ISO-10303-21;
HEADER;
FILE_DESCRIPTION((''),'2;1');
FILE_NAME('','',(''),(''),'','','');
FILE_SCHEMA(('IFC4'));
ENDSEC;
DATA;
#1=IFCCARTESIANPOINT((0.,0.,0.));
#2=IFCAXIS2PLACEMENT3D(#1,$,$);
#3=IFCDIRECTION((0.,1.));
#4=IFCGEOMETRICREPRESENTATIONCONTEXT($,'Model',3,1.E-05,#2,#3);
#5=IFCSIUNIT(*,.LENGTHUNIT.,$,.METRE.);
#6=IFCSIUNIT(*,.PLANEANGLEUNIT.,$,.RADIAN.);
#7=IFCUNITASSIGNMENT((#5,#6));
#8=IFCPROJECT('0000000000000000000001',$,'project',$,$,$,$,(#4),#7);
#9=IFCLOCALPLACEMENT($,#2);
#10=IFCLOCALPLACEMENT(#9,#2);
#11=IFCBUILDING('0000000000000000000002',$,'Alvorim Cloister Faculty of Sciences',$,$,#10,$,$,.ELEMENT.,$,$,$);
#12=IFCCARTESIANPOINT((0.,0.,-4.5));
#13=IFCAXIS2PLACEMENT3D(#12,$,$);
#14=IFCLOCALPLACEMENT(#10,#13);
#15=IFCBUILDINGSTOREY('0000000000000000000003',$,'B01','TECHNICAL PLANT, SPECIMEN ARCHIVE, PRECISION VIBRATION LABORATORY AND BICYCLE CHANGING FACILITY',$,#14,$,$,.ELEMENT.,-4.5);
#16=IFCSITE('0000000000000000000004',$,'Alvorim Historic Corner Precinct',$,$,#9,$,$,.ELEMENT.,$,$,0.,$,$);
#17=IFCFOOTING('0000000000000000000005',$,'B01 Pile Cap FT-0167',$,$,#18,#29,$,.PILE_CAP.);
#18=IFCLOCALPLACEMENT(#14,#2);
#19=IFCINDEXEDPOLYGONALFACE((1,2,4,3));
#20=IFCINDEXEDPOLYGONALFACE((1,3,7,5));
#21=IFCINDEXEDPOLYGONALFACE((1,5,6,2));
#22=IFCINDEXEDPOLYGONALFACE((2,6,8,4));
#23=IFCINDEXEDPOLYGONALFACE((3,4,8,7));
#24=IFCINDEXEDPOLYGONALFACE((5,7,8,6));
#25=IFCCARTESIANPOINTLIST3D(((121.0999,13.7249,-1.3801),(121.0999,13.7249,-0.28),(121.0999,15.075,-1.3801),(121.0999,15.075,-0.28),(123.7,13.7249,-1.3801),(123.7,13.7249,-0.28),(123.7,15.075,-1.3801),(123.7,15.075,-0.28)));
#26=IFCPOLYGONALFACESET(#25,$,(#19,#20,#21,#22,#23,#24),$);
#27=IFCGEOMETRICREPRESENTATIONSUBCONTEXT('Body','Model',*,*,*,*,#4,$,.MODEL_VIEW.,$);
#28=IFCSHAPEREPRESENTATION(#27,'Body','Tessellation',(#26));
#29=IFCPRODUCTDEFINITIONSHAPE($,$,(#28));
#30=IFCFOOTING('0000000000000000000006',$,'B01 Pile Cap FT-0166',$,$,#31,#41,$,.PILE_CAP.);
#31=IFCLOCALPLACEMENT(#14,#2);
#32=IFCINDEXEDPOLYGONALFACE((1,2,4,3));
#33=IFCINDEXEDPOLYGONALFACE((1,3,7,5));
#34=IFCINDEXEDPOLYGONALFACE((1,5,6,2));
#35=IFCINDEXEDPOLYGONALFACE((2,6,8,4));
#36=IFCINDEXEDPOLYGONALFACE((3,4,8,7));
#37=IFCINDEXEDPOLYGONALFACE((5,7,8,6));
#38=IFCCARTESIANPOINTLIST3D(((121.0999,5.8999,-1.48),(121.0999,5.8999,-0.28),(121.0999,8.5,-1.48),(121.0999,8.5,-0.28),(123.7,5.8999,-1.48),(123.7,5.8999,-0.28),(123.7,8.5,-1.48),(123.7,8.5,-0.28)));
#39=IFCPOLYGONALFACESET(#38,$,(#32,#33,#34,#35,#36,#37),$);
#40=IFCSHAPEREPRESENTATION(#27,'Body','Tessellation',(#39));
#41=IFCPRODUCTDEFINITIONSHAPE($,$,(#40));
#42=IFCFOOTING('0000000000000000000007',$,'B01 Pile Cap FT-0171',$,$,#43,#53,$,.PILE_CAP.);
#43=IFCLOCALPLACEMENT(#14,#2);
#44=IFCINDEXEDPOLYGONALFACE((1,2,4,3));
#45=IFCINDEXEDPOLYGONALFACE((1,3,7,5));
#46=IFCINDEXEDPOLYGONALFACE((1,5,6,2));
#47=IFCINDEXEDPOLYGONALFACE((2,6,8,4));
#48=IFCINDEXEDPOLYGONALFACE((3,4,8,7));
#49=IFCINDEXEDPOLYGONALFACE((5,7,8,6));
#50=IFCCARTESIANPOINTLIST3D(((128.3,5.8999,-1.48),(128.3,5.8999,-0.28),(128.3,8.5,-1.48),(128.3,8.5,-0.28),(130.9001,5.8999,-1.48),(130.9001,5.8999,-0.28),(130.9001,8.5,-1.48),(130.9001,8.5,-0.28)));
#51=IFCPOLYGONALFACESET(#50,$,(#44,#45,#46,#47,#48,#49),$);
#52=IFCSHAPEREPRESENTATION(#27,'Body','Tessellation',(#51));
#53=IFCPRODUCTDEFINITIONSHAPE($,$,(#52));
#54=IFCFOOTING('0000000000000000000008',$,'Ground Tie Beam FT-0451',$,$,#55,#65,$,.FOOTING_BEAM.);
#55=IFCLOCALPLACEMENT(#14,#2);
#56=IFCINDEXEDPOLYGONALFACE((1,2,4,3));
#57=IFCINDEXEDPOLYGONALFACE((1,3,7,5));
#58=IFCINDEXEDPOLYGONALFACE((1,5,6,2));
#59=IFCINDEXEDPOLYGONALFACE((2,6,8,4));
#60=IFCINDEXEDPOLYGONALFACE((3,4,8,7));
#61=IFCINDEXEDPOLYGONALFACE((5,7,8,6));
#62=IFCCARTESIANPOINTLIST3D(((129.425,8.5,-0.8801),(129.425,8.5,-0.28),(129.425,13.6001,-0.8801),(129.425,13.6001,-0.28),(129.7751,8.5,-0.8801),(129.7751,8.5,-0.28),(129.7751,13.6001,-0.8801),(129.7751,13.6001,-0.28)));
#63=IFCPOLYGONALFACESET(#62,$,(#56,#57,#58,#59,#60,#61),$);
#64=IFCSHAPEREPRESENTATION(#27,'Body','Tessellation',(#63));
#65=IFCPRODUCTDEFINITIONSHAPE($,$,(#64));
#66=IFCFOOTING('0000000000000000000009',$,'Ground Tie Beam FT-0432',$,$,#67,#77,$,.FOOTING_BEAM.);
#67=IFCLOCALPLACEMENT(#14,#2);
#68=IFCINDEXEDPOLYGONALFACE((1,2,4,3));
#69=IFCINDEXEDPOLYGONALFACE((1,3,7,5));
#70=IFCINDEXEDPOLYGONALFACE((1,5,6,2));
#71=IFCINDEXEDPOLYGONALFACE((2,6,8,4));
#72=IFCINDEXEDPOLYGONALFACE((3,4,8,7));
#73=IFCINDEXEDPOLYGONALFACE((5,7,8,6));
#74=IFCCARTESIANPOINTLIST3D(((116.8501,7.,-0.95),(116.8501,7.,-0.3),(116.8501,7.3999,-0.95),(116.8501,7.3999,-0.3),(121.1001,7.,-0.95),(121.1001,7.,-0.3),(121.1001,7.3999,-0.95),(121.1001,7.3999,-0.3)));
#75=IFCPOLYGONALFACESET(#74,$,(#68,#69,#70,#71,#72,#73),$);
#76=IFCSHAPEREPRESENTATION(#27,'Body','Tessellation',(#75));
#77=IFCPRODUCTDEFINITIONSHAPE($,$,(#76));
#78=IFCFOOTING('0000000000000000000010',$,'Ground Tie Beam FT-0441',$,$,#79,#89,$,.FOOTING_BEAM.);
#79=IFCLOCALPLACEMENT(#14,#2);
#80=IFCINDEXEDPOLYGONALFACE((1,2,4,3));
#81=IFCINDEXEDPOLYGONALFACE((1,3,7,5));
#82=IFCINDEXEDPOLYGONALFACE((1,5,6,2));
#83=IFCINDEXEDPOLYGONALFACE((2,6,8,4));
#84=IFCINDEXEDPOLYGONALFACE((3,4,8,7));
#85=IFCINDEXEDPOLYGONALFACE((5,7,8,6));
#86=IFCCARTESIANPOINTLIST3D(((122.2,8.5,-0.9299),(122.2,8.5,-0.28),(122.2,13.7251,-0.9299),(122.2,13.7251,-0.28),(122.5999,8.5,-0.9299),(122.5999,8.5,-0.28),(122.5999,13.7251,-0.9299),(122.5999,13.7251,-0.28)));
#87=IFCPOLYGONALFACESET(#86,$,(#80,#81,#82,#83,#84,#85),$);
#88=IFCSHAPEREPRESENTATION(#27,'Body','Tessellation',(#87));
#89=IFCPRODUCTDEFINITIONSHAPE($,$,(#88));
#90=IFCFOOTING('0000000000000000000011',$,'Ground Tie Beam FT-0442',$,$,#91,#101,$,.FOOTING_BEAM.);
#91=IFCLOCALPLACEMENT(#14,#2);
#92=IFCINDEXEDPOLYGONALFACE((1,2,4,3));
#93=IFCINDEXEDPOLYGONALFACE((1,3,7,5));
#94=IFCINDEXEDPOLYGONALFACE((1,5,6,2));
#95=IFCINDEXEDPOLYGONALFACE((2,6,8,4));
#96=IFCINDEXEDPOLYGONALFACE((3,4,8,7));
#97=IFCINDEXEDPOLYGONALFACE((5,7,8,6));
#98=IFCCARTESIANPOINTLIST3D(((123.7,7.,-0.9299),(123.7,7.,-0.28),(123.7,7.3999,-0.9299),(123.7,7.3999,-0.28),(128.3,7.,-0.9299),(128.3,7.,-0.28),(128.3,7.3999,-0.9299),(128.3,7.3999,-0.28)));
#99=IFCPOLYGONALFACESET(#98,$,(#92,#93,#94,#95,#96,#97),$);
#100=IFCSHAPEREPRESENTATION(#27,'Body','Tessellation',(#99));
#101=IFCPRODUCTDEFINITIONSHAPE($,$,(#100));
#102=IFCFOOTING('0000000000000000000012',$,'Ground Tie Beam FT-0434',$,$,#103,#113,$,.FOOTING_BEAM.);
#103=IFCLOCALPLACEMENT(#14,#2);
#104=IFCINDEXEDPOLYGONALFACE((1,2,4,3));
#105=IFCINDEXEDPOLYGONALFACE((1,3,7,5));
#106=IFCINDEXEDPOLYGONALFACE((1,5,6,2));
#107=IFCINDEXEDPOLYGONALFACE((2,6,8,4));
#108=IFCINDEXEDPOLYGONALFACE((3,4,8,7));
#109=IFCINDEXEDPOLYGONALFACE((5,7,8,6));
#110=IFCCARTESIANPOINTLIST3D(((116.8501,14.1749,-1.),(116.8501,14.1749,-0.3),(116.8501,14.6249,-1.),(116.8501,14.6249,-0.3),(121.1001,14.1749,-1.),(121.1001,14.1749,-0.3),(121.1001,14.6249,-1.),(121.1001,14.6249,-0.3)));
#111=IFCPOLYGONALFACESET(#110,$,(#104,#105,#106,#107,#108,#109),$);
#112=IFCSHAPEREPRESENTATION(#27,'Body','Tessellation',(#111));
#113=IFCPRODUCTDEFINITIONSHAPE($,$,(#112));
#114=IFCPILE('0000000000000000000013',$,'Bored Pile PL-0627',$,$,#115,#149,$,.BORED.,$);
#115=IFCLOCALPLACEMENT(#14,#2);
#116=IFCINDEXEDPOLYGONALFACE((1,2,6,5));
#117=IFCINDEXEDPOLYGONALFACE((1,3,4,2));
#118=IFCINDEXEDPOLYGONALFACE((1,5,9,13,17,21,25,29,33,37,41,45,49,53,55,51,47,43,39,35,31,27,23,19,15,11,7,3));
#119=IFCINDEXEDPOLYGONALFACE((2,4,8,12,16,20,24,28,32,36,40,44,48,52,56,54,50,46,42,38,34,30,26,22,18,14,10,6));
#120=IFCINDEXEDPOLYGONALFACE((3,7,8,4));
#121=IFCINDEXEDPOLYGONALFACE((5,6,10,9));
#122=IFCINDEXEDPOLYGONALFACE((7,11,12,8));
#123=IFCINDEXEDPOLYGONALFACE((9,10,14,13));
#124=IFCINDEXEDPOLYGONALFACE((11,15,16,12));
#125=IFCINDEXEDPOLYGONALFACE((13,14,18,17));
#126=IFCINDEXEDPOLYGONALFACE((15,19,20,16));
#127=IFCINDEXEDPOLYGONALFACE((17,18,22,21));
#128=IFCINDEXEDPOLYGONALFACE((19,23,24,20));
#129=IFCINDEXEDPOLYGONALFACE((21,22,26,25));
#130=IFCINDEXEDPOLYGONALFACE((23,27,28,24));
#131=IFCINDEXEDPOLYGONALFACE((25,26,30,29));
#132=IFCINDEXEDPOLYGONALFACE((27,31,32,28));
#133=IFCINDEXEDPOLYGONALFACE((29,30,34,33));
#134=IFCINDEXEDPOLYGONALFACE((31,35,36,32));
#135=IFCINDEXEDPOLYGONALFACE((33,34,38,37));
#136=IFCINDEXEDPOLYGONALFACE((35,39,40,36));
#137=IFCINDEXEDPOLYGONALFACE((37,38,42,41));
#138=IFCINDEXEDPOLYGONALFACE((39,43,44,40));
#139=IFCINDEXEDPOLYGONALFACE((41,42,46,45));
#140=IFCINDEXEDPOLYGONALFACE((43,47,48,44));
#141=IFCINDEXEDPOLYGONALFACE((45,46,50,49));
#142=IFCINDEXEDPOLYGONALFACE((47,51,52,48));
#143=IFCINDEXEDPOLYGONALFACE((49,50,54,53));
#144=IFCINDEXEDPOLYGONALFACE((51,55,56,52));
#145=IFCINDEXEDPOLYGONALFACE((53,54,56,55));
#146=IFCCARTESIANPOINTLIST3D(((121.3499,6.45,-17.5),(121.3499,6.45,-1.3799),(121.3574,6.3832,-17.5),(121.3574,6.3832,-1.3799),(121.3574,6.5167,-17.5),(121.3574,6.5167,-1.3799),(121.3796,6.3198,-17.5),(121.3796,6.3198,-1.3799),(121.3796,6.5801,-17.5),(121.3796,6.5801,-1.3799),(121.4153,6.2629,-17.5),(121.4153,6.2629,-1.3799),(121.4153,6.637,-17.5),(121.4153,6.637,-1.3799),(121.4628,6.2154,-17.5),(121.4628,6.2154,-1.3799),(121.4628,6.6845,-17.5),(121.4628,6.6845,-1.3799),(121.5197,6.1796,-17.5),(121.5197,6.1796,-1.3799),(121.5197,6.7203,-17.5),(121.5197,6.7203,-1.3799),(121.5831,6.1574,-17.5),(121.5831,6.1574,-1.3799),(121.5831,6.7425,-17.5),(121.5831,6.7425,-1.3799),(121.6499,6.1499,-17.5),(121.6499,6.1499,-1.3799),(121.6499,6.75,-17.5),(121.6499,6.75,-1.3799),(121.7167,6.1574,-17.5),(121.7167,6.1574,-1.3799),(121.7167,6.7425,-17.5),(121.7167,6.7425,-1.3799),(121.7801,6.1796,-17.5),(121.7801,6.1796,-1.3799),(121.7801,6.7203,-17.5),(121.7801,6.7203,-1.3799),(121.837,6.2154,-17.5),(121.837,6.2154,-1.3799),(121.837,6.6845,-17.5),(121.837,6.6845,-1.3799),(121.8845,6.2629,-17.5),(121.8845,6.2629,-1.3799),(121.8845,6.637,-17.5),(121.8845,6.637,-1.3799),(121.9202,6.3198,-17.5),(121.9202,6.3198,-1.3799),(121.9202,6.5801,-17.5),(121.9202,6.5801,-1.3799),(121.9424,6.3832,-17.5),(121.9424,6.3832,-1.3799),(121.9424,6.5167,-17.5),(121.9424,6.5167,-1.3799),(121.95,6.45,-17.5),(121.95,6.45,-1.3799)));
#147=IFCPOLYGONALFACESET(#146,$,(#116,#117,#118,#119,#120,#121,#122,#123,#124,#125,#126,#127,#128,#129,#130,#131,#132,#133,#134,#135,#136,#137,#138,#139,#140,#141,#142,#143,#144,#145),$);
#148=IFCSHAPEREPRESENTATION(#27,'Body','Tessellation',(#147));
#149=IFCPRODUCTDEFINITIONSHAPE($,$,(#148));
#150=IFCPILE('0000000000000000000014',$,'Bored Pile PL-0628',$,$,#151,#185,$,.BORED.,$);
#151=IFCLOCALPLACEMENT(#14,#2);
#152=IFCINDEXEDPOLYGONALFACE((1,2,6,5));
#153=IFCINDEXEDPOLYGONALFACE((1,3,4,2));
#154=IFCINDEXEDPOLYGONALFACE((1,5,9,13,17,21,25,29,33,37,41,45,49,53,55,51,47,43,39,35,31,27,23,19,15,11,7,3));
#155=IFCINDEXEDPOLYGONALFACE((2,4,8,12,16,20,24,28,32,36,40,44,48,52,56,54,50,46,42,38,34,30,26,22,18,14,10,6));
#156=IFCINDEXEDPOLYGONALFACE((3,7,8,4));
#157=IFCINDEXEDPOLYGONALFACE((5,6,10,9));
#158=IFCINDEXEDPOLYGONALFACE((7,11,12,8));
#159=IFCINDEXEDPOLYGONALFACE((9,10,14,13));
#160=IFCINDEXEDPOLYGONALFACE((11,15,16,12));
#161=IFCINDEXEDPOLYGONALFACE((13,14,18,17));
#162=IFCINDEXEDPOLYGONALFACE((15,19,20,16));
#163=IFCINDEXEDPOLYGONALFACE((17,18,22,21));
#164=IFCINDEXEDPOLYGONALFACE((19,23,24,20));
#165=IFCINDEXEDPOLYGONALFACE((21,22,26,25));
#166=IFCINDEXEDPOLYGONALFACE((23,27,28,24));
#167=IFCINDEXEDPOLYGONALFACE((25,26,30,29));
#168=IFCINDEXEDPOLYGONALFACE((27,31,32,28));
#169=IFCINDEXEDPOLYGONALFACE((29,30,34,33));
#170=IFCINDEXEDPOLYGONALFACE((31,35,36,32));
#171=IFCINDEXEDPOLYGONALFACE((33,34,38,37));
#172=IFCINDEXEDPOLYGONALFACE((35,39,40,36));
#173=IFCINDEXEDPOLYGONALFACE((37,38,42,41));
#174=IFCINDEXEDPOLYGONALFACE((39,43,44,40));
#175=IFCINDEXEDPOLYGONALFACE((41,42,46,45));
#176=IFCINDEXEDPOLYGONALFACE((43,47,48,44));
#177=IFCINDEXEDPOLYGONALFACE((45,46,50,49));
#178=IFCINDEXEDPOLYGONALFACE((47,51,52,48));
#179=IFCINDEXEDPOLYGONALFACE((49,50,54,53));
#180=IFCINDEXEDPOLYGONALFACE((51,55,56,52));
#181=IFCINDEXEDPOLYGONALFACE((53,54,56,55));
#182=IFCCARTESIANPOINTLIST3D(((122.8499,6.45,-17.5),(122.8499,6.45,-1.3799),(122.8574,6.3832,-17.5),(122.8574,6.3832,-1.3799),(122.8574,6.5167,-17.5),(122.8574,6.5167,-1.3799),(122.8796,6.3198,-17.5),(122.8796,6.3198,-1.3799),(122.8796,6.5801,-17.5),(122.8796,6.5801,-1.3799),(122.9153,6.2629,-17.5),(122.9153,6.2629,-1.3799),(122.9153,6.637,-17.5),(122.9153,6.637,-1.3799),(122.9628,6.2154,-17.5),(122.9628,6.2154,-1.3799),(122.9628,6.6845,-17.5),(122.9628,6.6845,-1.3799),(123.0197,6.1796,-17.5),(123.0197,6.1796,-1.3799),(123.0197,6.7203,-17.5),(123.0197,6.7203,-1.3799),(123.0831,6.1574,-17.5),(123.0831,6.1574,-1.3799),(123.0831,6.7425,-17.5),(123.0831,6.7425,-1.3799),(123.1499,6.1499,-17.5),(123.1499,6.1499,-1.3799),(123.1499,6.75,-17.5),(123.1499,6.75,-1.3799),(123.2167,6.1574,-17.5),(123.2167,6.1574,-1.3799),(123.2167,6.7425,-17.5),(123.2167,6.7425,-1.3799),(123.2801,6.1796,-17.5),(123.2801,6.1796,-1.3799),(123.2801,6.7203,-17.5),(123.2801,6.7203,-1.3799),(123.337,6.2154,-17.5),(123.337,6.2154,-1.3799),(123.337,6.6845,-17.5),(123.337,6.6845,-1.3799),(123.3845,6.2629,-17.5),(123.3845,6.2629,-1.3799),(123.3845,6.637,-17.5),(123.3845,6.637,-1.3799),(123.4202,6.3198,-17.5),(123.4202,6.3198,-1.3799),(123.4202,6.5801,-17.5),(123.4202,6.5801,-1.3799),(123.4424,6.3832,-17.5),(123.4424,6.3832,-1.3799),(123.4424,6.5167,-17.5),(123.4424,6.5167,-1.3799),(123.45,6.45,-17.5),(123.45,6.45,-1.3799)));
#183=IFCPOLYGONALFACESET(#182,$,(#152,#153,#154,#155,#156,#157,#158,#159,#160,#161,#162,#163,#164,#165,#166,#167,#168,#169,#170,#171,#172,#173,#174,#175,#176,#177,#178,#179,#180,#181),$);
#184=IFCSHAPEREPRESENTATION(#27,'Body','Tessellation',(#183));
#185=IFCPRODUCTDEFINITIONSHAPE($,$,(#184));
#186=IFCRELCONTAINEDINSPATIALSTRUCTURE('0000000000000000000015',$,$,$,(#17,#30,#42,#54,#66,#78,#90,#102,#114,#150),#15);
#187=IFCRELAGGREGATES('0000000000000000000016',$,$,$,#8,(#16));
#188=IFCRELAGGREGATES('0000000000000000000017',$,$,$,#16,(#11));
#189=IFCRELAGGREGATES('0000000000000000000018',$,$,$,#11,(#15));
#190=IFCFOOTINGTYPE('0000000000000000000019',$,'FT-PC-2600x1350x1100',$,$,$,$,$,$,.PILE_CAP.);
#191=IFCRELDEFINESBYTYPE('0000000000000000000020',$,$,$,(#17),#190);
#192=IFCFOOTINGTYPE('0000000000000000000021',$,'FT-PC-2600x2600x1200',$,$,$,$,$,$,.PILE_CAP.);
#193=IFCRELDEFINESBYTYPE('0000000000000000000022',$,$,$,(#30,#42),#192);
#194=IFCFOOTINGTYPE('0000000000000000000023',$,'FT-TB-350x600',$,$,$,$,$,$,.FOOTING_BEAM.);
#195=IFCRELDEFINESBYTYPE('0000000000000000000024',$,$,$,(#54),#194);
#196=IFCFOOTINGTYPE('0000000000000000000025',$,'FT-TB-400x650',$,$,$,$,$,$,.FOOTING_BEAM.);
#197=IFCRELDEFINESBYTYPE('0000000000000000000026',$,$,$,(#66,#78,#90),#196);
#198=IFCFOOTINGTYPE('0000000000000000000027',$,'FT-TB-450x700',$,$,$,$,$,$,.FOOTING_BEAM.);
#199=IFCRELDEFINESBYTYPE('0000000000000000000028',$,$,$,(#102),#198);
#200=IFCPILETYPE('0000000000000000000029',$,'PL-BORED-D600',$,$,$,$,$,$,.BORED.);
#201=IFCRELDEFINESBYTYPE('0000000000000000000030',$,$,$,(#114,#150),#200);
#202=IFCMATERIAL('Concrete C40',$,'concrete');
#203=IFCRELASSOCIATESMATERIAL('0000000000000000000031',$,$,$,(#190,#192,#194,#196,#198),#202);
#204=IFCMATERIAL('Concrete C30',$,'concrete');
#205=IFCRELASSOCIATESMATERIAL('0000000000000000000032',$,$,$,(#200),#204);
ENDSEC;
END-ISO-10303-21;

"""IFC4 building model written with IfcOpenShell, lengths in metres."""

from ifc_helpers import new_model, si_unit, direction, frame, origin, origin_2d, place, context, subcontext, project, spatial, rectangle, circle, extrude, material, material_profile, profile_set, type_object, element, save


model = new_model("IFC4")

# Units and contexts
model_context = context("Model", 3, precision=1e-05, world=origin(), true_north=direction((0.0, 1.0)))
body_context = subcontext(model_context, "Body", "Model", "MODEL_VIEW")
ifc_project = project(units=[si_unit("LENGTHUNIT", "METRE"), si_unit("PLANEANGLEUNIT", "RADIAN")], contexts=[model_context])

# Site, building, storey
site_placement = place(None, origin())
site = spatial("IfcSite", under=ifc_project, at=site_placement, Name="Alvorim Historic Corner Precinct", CompositionType="ELEMENT", RefElevation=0.0)
building_placement = place(site_placement, origin())
building = spatial("IfcBuilding", under=site, at=building_placement, Name="Alvorim Cloister Faculty of Sciences", CompositionType="ELEMENT")
storey_placement = place(building_placement, frame((0.0, 0.0, -4.5)))
storey = spatial("IfcBuildingStorey", under=building, at=storey_placement, Name="B01", Description="TECHNICAL PLANT, SPECIMEN ARCHIVE, PRECISION VIBRATION LABORATORY AND BICYCLE CHANGING FACILITY", CompositionType="ELEMENT", Elevation=-4.5)

# Footings
ifc_material_1 = material(Name="Concrete C40", Category="concrete")
footing_type_1 = type_object("IfcFootingType", Name="FT-PC-2600x1350x1100", PredefinedType="PILE_CAP", material=ifc_material_1)
footing_1_placement = place(storey_placement, frame((122.3999, 14.3999, -1.3801), z_axis=(0.0, 0.0, 1.0), x_axis=(1.0, 0.0, 0.0)))
element("IfcFooting", 1, at=footing_1_placement, inside=storey, type_object=footing_type_1, Name="B01 Pile Cap FT-0167", PredefinedType="PILE_CAP", context=body_context, shape_type="SweptSolid", body=[
    extrude(rectangle(XDim=2.6001, YDim=1.3501, at=origin_2d()), origin(), (0.0, 0.0, 1.0), 1.1001),
])
footing_type_2 = type_object("IfcFootingType", Name="FT-PC-2600x2600x1200", PredefinedType="PILE_CAP", material=ifc_material_1)
for number, where, z_axis, x_axis, name in (
    (2, (122.3999, 7.2, -1.48), (0.0, 0.0, 1.0), (1.0, 0.0, 0.0), "B01 Pile Cap FT-0166"),
    (3, (129.6001, 7.2, -1.48), (0.0, 0.0, 1.0), (1.0, 0.0, 0.0), "B01 Pile Cap FT-0171"),
):
    element("IfcFooting", number, at=place(storey_placement, frame(where, z_axis=z_axis, x_axis=x_axis)), inside=storey, type_object=footing_type_2, Name=name, PredefinedType="PILE_CAP", context=body_context, shape_type="SweptSolid", body=[
        extrude(rectangle(XDim=2.6001, YDim=2.6001, at=origin_2d()), origin(), (0.0, 0.0, 1.0), 1.2),
    ])
footing_type_3 = type_object("IfcFootingType", Name="FT-TB-350x600", PredefinedType="FOOTING_BEAM", material=ifc_material_1)
footing_2_placement = place(storey_placement, frame((129.6001, 11.05, -0.8801), z_axis=(0.0, 0.0, 1.0), x_axis=(1.0, 0.0, 0.0)))
element("IfcFooting", 4, at=footing_2_placement, inside=storey, type_object=footing_type_3, Name="Ground Tie Beam FT-0451", PredefinedType="FOOTING_BEAM", context=body_context, shape_type="SweptSolid", body=[
    extrude(rectangle(XDim=0.3501, YDim=5.1001, at=origin_2d()), origin(), (0.0, 0.0, 1.0), 0.6001),
])
footing_type_4 = type_object("IfcFootingType", Name="FT-TB-400x650", PredefinedType="FOOTING_BEAM", material=ifc_material_1)
footing_3_placement = place(storey_placement, frame((118.9751, 7.2, -0.95), z_axis=(0.0, 0.0, 1.0), x_axis=(1.0, 0.0, 0.0)))
element("IfcFooting", 5, at=footing_3_placement, inside=storey, type_object=footing_type_4, Name="Ground Tie Beam FT-0432", PredefinedType="FOOTING_BEAM", context=body_context, shape_type="SweptSolid", body=[
    extrude(rectangle(XDim=4.25, YDim=0.3999, at=origin_2d()), origin(), (0.0, 0.0, 1.0), 0.6499),
])
footing_4_placement = place(storey_placement, frame((122.3999, 11.1125, -0.9299), z_axis=(0.0, 0.0, 1.0), x_axis=(1.0, 0.0, 0.0)))
element("IfcFooting", 6, at=footing_4_placement, inside=storey, type_object=footing_type_4, Name="Ground Tie Beam FT-0441", PredefinedType="FOOTING_BEAM", context=body_context, shape_type="SweptSolid", body=[
    extrude(rectangle(XDim=0.3999, YDim=5.2251, at=origin_2d()), origin(), (0.0, 0.0, 1.0), 0.6499),
])
footing_5_placement = place(storey_placement, frame((126.0, 7.2, -0.9299), z_axis=(0.0, 0.0, 1.0), x_axis=(1.0, 0.0, 0.0)))
element("IfcFooting", 7, at=footing_5_placement, inside=storey, type_object=footing_type_4, Name="Ground Tie Beam FT-0442", PredefinedType="FOOTING_BEAM", context=body_context, shape_type="SweptSolid", body=[
    extrude(rectangle(XDim=4.6001, YDim=0.3999, at=origin_2d()), origin(), (0.0, 0.0, 1.0), 0.6499),
])
footing_type_5 = type_object("IfcFootingType", Name="FT-TB-450x700", PredefinedType="FOOTING_BEAM", material=ifc_material_1)
footing_6_placement = place(storey_placement, frame((118.9751, 14.3999, -1.0), z_axis=(0.0, 0.0, 1.0), x_axis=(1.0, 0.0, 0.0)))
element("IfcFooting", 8, at=footing_6_placement, inside=storey, type_object=footing_type_5, Name="Ground Tie Beam FT-0434", PredefinedType="FOOTING_BEAM", context=body_context, shape_type="SweptSolid", body=[
    extrude(rectangle(XDim=4.25, YDim=0.45, at=origin_2d()), origin(), (0.0, 0.0, 1.0), 0.7),
])

# Piles
ifc_material_2 = material(Name="Concrete C30", Category="concrete")
ifc_material_profile_1 = material_profile(ifc_material_2, circle(Radius=0.3, at=origin_2d()), Name="PILE-D600")
ifc_profile_set_1 = profile_set([ifc_material_profile_1], Name="Concrete C30")
pile_type_1 = type_object("IfcPileType", Name="PL-BORED-D600", PredefinedType="BORED", material=ifc_profile_set_1)
for number, where, z_axis, x_axis, name in (
    (9, (121.6499, 6.45, -1.3799), (0.0, 0.0, -1.0), (1.0, 0.0, 0.0), "Bored Pile PL-0627"),
    (10, (123.1499, 6.45, -1.3799), (0.0, 0.0, -1.0), (1.0, 0.0, 0.0), "Bored Pile PL-0628"),
):
    element("IfcPile", number, at=place(storey_placement, frame(where, z_axis=z_axis, x_axis=x_axis)), inside=storey, type_object=pile_type_1, Name=name, PredefinedType="BORED", context=body_context, shape_type="SweptSolid", body=[
        extrude(circle(Radius=0.3, at=origin_2d()), origin(), (0.0, 0.0, 1.0), 16.1201),
    ])

save(model, "model.ifc")
